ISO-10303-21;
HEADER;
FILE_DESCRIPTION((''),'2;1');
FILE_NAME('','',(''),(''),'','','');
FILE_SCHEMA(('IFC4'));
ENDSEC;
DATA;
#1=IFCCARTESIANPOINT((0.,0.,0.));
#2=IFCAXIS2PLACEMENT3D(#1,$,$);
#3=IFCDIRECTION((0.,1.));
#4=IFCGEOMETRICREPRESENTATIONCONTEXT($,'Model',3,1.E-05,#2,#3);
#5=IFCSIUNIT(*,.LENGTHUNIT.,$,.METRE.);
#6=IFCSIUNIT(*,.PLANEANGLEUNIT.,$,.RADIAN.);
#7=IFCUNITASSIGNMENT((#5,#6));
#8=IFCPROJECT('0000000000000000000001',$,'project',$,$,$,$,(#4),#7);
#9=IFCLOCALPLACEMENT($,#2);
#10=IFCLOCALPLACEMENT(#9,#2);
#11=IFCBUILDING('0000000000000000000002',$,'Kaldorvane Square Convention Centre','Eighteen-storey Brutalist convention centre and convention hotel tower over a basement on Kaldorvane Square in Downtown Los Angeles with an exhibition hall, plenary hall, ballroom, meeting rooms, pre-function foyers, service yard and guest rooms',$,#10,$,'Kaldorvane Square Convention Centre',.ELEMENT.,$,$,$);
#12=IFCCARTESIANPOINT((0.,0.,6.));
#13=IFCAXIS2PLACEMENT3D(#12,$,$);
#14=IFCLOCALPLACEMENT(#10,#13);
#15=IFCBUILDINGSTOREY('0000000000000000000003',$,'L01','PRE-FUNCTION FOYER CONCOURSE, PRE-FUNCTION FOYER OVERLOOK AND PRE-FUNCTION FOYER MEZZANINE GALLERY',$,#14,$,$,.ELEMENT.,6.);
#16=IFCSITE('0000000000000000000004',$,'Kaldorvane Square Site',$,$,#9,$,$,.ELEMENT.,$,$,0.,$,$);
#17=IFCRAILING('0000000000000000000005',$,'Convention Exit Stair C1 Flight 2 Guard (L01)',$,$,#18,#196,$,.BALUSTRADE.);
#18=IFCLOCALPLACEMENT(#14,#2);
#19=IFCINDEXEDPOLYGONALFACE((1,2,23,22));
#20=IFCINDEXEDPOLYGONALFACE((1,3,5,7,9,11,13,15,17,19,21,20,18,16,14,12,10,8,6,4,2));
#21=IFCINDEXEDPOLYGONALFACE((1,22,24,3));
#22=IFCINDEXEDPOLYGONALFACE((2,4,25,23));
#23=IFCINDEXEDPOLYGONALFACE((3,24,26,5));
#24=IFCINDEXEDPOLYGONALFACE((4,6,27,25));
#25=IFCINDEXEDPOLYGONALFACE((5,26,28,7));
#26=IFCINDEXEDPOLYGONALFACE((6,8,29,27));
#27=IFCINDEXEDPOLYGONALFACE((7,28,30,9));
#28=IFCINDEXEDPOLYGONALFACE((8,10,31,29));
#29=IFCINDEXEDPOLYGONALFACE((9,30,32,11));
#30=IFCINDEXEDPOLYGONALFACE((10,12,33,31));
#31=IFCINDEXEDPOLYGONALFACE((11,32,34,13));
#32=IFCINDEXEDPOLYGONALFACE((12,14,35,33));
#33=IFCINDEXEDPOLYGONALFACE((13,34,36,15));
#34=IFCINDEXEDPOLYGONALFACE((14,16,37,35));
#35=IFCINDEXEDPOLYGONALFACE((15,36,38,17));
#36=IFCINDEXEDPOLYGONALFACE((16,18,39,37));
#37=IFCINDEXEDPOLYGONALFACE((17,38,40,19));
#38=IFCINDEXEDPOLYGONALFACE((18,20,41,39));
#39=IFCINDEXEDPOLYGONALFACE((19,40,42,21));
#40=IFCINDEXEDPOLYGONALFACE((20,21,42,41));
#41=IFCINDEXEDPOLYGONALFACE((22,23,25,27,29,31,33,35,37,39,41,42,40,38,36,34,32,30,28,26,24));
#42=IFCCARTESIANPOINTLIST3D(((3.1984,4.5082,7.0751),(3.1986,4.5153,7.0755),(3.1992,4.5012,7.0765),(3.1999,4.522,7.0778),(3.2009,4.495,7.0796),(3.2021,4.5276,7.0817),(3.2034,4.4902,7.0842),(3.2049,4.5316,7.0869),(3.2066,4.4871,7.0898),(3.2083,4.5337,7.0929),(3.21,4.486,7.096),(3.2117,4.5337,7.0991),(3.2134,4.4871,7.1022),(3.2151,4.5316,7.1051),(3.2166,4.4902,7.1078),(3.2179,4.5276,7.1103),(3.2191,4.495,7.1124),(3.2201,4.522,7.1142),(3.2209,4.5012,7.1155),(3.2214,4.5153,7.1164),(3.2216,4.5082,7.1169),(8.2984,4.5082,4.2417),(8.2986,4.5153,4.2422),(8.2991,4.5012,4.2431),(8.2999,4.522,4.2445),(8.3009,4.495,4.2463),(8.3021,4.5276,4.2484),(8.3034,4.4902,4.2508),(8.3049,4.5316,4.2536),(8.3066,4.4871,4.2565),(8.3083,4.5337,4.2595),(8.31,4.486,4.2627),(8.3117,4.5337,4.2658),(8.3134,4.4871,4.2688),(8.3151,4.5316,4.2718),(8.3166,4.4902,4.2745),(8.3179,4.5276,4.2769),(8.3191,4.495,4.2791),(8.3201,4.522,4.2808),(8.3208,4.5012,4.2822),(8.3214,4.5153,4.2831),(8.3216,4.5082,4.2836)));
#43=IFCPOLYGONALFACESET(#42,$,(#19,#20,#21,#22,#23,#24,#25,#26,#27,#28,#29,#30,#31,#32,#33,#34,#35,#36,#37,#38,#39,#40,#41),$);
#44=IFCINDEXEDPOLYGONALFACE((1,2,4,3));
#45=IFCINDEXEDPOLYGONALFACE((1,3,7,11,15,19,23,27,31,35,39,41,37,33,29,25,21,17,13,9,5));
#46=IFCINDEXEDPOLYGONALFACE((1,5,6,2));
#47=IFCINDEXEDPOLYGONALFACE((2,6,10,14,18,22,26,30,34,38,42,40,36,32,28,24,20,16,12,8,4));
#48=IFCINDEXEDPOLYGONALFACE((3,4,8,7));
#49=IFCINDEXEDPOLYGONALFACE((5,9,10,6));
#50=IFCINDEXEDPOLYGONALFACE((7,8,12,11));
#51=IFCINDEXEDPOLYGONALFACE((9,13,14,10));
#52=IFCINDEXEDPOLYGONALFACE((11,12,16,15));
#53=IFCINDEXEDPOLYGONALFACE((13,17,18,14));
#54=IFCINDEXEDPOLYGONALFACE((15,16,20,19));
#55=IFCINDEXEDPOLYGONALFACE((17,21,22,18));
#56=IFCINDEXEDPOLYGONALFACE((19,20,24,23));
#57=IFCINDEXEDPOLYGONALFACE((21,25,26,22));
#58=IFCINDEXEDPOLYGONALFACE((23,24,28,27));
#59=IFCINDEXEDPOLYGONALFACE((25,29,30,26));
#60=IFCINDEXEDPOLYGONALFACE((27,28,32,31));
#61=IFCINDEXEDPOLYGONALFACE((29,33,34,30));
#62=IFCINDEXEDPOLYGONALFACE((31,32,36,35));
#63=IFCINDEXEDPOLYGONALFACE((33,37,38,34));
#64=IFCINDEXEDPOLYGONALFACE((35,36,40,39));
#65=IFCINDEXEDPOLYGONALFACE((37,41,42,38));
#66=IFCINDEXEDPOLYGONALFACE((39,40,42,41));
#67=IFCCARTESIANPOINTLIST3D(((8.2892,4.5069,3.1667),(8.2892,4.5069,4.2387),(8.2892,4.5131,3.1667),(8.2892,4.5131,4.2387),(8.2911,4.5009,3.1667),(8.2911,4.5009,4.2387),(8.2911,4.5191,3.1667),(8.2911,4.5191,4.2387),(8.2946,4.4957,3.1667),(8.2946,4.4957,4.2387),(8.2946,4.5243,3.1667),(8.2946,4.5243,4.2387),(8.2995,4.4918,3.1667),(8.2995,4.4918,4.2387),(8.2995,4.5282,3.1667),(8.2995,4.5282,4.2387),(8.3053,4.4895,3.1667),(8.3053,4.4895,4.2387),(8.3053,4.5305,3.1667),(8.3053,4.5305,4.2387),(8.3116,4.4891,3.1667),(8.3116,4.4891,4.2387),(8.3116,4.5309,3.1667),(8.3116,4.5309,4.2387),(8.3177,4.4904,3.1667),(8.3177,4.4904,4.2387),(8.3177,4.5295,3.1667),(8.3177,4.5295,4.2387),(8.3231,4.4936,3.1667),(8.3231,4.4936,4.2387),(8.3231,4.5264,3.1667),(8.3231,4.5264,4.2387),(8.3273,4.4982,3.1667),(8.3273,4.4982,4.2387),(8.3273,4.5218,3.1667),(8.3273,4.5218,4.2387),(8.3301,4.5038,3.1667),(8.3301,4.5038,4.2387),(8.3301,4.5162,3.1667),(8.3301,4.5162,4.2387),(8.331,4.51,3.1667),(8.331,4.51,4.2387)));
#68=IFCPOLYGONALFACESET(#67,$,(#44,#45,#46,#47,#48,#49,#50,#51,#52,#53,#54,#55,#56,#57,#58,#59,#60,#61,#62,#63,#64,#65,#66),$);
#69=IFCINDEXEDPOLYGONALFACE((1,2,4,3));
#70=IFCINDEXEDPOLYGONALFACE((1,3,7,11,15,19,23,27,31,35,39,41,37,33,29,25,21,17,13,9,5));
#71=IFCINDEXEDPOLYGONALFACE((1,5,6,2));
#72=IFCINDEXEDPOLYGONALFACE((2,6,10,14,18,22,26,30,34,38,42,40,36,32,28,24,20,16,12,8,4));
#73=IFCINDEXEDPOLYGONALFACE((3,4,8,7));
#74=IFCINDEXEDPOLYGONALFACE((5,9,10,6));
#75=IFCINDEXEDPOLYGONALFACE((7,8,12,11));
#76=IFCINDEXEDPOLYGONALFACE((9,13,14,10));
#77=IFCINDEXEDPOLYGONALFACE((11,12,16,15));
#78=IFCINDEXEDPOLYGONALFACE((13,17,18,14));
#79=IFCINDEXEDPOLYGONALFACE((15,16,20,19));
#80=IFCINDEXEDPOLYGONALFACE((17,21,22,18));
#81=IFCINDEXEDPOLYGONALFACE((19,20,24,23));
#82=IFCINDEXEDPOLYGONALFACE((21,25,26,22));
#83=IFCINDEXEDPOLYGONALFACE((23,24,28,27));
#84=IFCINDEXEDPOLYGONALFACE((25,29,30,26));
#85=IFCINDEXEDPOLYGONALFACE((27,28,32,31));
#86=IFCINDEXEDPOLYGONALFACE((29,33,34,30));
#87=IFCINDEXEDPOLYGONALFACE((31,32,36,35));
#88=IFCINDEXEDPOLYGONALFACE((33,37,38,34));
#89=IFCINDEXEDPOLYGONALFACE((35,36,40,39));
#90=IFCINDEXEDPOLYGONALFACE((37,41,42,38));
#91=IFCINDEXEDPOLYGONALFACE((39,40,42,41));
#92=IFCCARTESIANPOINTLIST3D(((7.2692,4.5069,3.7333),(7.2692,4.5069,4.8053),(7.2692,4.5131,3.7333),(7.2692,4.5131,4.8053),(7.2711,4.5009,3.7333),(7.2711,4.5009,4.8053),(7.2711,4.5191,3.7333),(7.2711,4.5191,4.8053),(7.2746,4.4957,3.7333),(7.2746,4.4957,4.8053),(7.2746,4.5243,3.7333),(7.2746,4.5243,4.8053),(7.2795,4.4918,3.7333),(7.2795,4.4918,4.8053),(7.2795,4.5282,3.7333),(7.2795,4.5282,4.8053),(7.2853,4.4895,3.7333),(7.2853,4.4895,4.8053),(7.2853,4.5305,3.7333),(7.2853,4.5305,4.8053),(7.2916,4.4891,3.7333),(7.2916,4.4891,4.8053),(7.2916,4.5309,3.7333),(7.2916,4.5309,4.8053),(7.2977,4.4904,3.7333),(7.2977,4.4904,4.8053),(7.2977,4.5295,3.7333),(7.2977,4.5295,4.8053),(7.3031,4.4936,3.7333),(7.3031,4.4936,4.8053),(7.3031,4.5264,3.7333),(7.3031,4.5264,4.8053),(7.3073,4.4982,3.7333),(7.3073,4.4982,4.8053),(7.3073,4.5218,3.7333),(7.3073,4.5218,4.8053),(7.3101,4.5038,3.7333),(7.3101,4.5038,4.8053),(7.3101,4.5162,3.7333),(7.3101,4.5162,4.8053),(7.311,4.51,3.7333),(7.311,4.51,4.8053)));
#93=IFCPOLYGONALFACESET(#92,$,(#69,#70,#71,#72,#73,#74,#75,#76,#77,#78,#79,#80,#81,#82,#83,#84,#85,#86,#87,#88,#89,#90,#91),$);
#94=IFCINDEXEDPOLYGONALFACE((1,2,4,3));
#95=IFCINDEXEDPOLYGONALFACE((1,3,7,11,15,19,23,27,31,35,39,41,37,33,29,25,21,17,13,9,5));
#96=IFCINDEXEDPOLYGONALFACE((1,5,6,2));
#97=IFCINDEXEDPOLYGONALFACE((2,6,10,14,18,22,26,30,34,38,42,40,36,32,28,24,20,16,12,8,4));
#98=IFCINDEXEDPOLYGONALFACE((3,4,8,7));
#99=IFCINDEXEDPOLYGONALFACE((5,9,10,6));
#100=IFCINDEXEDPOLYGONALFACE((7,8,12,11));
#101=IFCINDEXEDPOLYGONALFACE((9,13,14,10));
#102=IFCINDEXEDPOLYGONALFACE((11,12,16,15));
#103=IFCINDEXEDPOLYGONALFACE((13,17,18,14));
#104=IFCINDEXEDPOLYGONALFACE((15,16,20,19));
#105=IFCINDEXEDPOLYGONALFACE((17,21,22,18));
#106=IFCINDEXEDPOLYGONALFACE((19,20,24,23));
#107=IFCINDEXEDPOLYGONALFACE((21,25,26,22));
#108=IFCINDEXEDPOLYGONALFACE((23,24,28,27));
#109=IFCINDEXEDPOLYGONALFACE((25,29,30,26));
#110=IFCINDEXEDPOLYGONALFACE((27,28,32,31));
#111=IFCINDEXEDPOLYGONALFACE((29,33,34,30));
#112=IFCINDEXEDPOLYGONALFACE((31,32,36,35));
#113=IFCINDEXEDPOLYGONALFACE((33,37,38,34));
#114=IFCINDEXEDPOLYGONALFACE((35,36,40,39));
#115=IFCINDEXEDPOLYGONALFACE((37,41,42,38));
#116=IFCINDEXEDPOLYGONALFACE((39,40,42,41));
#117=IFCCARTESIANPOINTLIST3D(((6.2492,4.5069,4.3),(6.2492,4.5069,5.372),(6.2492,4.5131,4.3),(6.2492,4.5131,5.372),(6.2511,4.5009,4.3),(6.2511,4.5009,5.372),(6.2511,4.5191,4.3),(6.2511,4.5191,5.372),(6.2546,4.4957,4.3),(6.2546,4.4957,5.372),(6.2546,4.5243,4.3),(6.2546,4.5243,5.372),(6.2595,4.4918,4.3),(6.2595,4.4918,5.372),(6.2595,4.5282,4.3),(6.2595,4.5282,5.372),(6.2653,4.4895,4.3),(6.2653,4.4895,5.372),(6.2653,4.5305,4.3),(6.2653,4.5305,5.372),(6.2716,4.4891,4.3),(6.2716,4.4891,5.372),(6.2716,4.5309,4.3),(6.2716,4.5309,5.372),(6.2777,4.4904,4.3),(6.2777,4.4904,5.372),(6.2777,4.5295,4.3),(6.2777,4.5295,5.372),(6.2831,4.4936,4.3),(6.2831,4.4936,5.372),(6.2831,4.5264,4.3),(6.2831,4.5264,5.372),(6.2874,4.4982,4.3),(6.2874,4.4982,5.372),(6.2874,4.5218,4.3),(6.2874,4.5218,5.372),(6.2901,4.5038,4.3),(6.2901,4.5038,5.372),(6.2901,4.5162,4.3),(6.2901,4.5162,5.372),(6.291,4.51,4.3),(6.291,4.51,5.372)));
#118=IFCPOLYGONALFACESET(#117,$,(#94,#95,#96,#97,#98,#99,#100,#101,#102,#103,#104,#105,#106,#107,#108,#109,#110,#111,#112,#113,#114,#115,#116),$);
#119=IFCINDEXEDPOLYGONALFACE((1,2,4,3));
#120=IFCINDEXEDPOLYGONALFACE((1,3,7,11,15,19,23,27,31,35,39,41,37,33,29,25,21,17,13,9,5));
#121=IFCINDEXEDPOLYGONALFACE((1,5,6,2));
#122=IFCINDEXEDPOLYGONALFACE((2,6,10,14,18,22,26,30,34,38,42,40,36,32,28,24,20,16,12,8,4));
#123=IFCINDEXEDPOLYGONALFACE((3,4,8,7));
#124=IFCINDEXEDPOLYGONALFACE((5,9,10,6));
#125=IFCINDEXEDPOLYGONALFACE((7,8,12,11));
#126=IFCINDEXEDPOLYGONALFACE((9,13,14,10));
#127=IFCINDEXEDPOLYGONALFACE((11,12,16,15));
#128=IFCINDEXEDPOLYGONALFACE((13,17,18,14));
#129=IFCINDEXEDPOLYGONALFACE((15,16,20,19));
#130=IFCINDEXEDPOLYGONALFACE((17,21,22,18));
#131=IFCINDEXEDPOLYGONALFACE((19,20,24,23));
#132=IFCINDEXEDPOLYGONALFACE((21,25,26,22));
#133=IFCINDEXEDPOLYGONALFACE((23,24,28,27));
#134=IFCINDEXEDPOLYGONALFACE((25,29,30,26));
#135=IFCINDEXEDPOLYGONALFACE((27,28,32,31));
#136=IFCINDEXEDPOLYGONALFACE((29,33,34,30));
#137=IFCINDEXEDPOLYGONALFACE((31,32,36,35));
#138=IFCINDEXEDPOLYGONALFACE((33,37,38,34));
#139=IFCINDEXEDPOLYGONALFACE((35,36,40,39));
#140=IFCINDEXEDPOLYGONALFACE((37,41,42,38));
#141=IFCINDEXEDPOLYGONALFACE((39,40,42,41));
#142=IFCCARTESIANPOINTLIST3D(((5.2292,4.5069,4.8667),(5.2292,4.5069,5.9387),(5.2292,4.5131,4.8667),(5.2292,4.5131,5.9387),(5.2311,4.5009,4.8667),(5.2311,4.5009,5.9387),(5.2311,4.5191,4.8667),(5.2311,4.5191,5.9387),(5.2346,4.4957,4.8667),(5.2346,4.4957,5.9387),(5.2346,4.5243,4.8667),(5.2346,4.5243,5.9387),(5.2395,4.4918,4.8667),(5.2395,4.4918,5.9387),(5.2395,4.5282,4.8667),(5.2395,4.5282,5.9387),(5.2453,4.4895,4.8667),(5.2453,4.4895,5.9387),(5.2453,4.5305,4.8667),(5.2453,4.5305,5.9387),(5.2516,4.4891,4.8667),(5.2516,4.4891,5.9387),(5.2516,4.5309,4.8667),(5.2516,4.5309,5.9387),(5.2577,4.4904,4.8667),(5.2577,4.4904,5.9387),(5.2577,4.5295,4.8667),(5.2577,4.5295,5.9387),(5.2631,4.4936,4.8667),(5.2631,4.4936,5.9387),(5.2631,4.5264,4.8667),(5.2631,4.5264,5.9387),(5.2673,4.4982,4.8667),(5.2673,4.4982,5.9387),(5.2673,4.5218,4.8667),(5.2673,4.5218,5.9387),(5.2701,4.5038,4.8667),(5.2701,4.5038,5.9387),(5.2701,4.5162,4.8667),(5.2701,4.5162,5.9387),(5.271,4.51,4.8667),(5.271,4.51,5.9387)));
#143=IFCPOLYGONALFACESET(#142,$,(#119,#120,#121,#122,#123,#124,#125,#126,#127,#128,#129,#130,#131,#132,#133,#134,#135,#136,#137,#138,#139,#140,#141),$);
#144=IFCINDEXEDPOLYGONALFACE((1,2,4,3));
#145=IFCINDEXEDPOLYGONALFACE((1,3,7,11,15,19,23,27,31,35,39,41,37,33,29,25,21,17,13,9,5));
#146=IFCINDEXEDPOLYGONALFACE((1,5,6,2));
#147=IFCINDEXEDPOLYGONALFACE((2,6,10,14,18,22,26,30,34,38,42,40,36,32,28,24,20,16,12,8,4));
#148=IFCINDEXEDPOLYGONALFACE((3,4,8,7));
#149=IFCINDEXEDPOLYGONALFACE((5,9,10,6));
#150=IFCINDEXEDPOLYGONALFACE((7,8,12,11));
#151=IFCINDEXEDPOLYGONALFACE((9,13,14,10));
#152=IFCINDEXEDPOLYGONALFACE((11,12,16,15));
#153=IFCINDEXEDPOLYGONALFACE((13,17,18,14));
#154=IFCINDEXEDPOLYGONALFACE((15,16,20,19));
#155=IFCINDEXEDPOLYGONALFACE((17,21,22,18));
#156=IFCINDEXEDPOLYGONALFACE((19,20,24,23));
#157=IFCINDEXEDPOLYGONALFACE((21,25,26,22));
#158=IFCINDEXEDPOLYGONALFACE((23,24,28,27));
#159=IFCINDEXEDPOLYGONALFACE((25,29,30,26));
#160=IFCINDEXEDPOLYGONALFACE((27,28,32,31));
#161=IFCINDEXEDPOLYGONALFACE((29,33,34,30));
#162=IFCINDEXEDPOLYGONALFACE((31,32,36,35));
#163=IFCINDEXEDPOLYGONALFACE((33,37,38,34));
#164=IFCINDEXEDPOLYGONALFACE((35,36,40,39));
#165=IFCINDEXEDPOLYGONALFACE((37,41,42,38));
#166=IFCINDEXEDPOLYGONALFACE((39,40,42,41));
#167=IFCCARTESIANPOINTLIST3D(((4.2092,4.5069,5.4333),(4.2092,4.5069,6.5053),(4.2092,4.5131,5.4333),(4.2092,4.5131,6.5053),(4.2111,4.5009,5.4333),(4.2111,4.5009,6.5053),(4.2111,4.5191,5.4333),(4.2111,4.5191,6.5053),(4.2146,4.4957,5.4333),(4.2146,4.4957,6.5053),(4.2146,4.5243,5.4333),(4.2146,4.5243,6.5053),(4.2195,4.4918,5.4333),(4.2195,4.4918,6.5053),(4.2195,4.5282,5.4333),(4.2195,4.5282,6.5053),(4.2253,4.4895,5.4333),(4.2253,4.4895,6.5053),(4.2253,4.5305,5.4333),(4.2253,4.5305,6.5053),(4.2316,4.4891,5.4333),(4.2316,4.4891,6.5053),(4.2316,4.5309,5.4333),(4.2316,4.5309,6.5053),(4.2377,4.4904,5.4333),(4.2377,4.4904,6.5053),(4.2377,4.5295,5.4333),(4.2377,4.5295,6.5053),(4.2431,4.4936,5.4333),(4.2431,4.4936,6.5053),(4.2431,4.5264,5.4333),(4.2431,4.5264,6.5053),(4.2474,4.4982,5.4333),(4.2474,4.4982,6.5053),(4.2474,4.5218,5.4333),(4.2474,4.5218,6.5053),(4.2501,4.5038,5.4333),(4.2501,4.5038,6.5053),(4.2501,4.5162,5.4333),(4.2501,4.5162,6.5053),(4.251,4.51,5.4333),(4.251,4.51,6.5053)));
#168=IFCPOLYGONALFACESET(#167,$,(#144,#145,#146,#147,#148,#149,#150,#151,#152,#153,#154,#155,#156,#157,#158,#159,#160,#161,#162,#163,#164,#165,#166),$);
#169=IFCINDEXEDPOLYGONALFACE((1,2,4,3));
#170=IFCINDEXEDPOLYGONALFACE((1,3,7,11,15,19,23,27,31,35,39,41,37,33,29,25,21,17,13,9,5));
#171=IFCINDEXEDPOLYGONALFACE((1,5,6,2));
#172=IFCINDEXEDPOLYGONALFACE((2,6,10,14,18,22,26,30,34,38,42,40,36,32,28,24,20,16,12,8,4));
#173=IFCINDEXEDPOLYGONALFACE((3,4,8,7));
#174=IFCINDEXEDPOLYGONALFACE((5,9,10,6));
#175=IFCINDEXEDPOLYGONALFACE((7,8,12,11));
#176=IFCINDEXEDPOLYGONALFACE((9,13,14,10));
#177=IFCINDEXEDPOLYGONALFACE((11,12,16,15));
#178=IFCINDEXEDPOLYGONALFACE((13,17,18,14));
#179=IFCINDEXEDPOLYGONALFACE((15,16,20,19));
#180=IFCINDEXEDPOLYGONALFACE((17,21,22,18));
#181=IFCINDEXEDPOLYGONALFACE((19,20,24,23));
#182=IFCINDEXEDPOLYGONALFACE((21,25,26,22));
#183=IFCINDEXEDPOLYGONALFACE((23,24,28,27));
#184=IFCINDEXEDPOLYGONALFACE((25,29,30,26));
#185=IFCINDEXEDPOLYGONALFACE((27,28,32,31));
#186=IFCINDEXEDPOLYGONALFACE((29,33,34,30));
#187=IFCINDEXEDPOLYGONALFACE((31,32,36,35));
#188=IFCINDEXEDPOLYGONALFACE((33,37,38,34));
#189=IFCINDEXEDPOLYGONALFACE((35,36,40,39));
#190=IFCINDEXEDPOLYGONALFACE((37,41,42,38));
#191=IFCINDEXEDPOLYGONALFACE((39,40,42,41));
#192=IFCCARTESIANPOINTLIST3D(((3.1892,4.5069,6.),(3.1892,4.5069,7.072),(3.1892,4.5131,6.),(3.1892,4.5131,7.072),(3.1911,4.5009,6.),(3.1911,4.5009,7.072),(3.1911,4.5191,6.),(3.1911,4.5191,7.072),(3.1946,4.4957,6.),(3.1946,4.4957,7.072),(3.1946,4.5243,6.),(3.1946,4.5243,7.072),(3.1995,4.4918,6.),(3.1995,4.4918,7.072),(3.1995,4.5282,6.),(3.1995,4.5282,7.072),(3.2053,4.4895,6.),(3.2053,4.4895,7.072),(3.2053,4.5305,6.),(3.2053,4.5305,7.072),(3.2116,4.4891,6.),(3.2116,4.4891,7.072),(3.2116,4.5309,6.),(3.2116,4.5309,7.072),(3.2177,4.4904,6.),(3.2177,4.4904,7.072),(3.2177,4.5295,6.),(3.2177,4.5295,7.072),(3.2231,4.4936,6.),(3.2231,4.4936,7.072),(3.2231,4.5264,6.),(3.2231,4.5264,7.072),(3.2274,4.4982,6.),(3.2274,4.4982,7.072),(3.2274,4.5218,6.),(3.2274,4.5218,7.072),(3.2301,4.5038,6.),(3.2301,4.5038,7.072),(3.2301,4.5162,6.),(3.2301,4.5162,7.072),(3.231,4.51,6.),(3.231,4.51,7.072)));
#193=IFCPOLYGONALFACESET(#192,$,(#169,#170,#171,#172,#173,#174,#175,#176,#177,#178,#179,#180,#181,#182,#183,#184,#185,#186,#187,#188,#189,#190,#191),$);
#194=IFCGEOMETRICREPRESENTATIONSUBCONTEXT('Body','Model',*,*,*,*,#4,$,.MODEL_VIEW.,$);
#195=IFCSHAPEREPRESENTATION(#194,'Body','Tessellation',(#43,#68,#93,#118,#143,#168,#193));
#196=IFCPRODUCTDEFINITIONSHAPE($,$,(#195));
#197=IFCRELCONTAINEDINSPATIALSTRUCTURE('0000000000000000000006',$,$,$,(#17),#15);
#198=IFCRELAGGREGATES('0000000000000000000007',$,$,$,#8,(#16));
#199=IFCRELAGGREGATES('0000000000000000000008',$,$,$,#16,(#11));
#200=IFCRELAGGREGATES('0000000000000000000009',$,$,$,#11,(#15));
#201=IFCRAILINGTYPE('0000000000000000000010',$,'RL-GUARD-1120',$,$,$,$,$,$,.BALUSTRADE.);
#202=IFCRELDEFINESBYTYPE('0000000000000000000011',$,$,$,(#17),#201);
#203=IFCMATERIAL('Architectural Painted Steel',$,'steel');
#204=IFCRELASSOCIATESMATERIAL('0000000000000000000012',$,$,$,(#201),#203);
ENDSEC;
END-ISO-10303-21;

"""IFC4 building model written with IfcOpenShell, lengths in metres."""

from ifc_helpers import new_model, si_unit, direction, frame, origin, origin_2d, place, context, subcontext, project, spatial, circle, extrude, material, type_object, element, save


model = new_model("IFC4")

# Units and contexts
model_context = context("Model", 3, precision=1e-05, world=origin(), true_north=direction((0.0, 1.0)))
body_context = subcontext(model_context, "Body", "Model", "MODEL_VIEW")
ifc_project = project(units=[si_unit("LENGTHUNIT", "METRE"), si_unit("PLANEANGLEUNIT", "RADIAN")], contexts=[model_context])

# Site, building, storey
site_placement = place(None, origin())
site = spatial("IfcSite", under=ifc_project, at=site_placement, Name="Kaldorvane Square Site", CompositionType="ELEMENT", RefElevation=0.0)
building_placement = place(site_placement, origin())
building = spatial("IfcBuilding", under=site, at=building_placement, Name="Kaldorvane Square Convention Centre", Description="Eighteen-storey Brutalist convention centre and convention hotel tower over a basement on Kaldorvane Square in Downtown Los Angeles with an exhibition hall, plenary hall, ballroom, meeting rooms, pre-function foyers, service yard and guest rooms", LongName="Kaldorvane Square Convention Centre", CompositionType="ELEMENT")
storey_placement = place(building_placement, frame((0.0, 0.0, 6.0)))
storey = spatial("IfcBuildingStorey", under=building, at=storey_placement, Name="L01", Description="PRE-FUNCTION FOYER CONCOURSE, PRE-FUNCTION FOYER OVERLOOK AND PRE-FUNCTION FOYER MEZZANINE GALLERY", CompositionType="ELEMENT", Elevation=6.0)

# Railing
ifc_material_1 = material(Name="Architectural Painted Steel", Category="steel")
railing_type_1 = type_object("IfcRailingType", Name="RL-GUARD-1120", PredefinedType="BALUSTRADE", material=ifc_material_1)
railing_1_placement = place(storey_placement, frame((8.31, 4.51, 3.1667)))
element("IfcRailing", 1, at=railing_1_placement, inside=storey, type_object=railing_type_1, Name="Convention Exit Stair C1 Flight 2 Guard (L01)", PredefinedType="BALUSTRADE", context=body_context, shape_type="SweptSolid", body=[
    extrude(circle(Radius=0.024, at=origin_2d()), frame((0.0, 0.0, 1.096), z_axis=(-0.874157, 0.0, 0.485643), x_axis=(0.0, -1.0, 0.0)), (0.0, 0.0, 1.0), 5.8342),
    extrude(circle(Radius=0.021, at=origin_2d()), origin(), (0.0, 0.0, 1.0), 1.072),
    extrude(circle(Radius=0.021, at=origin_2d()), frame((-1.02, 0.0, 0.5667)), (0.0, 0.0, 1.0), 1.072),
    extrude(circle(Radius=0.021, at=origin_2d()), frame((-2.04, 0.0, 1.1333)), (0.0, 0.0, 1.0), 1.072),
    extrude(circle(Radius=0.021, at=origin_2d()), frame((-3.06, 0.0, 1.7)), (0.0, 0.0, 1.0), 1.072),
    extrude(circle(Radius=0.021, at=origin_2d()), frame((-4.08, 0.0, 2.2667)), (0.0, 0.0, 1.0), 1.072),
    extrude(circle(Radius=0.021, at=origin_2d()), frame((-5.1, 0.0, 2.8333)), (0.0, 0.0, 1.0), 1.072),
])

save(model, "model.ifc")
